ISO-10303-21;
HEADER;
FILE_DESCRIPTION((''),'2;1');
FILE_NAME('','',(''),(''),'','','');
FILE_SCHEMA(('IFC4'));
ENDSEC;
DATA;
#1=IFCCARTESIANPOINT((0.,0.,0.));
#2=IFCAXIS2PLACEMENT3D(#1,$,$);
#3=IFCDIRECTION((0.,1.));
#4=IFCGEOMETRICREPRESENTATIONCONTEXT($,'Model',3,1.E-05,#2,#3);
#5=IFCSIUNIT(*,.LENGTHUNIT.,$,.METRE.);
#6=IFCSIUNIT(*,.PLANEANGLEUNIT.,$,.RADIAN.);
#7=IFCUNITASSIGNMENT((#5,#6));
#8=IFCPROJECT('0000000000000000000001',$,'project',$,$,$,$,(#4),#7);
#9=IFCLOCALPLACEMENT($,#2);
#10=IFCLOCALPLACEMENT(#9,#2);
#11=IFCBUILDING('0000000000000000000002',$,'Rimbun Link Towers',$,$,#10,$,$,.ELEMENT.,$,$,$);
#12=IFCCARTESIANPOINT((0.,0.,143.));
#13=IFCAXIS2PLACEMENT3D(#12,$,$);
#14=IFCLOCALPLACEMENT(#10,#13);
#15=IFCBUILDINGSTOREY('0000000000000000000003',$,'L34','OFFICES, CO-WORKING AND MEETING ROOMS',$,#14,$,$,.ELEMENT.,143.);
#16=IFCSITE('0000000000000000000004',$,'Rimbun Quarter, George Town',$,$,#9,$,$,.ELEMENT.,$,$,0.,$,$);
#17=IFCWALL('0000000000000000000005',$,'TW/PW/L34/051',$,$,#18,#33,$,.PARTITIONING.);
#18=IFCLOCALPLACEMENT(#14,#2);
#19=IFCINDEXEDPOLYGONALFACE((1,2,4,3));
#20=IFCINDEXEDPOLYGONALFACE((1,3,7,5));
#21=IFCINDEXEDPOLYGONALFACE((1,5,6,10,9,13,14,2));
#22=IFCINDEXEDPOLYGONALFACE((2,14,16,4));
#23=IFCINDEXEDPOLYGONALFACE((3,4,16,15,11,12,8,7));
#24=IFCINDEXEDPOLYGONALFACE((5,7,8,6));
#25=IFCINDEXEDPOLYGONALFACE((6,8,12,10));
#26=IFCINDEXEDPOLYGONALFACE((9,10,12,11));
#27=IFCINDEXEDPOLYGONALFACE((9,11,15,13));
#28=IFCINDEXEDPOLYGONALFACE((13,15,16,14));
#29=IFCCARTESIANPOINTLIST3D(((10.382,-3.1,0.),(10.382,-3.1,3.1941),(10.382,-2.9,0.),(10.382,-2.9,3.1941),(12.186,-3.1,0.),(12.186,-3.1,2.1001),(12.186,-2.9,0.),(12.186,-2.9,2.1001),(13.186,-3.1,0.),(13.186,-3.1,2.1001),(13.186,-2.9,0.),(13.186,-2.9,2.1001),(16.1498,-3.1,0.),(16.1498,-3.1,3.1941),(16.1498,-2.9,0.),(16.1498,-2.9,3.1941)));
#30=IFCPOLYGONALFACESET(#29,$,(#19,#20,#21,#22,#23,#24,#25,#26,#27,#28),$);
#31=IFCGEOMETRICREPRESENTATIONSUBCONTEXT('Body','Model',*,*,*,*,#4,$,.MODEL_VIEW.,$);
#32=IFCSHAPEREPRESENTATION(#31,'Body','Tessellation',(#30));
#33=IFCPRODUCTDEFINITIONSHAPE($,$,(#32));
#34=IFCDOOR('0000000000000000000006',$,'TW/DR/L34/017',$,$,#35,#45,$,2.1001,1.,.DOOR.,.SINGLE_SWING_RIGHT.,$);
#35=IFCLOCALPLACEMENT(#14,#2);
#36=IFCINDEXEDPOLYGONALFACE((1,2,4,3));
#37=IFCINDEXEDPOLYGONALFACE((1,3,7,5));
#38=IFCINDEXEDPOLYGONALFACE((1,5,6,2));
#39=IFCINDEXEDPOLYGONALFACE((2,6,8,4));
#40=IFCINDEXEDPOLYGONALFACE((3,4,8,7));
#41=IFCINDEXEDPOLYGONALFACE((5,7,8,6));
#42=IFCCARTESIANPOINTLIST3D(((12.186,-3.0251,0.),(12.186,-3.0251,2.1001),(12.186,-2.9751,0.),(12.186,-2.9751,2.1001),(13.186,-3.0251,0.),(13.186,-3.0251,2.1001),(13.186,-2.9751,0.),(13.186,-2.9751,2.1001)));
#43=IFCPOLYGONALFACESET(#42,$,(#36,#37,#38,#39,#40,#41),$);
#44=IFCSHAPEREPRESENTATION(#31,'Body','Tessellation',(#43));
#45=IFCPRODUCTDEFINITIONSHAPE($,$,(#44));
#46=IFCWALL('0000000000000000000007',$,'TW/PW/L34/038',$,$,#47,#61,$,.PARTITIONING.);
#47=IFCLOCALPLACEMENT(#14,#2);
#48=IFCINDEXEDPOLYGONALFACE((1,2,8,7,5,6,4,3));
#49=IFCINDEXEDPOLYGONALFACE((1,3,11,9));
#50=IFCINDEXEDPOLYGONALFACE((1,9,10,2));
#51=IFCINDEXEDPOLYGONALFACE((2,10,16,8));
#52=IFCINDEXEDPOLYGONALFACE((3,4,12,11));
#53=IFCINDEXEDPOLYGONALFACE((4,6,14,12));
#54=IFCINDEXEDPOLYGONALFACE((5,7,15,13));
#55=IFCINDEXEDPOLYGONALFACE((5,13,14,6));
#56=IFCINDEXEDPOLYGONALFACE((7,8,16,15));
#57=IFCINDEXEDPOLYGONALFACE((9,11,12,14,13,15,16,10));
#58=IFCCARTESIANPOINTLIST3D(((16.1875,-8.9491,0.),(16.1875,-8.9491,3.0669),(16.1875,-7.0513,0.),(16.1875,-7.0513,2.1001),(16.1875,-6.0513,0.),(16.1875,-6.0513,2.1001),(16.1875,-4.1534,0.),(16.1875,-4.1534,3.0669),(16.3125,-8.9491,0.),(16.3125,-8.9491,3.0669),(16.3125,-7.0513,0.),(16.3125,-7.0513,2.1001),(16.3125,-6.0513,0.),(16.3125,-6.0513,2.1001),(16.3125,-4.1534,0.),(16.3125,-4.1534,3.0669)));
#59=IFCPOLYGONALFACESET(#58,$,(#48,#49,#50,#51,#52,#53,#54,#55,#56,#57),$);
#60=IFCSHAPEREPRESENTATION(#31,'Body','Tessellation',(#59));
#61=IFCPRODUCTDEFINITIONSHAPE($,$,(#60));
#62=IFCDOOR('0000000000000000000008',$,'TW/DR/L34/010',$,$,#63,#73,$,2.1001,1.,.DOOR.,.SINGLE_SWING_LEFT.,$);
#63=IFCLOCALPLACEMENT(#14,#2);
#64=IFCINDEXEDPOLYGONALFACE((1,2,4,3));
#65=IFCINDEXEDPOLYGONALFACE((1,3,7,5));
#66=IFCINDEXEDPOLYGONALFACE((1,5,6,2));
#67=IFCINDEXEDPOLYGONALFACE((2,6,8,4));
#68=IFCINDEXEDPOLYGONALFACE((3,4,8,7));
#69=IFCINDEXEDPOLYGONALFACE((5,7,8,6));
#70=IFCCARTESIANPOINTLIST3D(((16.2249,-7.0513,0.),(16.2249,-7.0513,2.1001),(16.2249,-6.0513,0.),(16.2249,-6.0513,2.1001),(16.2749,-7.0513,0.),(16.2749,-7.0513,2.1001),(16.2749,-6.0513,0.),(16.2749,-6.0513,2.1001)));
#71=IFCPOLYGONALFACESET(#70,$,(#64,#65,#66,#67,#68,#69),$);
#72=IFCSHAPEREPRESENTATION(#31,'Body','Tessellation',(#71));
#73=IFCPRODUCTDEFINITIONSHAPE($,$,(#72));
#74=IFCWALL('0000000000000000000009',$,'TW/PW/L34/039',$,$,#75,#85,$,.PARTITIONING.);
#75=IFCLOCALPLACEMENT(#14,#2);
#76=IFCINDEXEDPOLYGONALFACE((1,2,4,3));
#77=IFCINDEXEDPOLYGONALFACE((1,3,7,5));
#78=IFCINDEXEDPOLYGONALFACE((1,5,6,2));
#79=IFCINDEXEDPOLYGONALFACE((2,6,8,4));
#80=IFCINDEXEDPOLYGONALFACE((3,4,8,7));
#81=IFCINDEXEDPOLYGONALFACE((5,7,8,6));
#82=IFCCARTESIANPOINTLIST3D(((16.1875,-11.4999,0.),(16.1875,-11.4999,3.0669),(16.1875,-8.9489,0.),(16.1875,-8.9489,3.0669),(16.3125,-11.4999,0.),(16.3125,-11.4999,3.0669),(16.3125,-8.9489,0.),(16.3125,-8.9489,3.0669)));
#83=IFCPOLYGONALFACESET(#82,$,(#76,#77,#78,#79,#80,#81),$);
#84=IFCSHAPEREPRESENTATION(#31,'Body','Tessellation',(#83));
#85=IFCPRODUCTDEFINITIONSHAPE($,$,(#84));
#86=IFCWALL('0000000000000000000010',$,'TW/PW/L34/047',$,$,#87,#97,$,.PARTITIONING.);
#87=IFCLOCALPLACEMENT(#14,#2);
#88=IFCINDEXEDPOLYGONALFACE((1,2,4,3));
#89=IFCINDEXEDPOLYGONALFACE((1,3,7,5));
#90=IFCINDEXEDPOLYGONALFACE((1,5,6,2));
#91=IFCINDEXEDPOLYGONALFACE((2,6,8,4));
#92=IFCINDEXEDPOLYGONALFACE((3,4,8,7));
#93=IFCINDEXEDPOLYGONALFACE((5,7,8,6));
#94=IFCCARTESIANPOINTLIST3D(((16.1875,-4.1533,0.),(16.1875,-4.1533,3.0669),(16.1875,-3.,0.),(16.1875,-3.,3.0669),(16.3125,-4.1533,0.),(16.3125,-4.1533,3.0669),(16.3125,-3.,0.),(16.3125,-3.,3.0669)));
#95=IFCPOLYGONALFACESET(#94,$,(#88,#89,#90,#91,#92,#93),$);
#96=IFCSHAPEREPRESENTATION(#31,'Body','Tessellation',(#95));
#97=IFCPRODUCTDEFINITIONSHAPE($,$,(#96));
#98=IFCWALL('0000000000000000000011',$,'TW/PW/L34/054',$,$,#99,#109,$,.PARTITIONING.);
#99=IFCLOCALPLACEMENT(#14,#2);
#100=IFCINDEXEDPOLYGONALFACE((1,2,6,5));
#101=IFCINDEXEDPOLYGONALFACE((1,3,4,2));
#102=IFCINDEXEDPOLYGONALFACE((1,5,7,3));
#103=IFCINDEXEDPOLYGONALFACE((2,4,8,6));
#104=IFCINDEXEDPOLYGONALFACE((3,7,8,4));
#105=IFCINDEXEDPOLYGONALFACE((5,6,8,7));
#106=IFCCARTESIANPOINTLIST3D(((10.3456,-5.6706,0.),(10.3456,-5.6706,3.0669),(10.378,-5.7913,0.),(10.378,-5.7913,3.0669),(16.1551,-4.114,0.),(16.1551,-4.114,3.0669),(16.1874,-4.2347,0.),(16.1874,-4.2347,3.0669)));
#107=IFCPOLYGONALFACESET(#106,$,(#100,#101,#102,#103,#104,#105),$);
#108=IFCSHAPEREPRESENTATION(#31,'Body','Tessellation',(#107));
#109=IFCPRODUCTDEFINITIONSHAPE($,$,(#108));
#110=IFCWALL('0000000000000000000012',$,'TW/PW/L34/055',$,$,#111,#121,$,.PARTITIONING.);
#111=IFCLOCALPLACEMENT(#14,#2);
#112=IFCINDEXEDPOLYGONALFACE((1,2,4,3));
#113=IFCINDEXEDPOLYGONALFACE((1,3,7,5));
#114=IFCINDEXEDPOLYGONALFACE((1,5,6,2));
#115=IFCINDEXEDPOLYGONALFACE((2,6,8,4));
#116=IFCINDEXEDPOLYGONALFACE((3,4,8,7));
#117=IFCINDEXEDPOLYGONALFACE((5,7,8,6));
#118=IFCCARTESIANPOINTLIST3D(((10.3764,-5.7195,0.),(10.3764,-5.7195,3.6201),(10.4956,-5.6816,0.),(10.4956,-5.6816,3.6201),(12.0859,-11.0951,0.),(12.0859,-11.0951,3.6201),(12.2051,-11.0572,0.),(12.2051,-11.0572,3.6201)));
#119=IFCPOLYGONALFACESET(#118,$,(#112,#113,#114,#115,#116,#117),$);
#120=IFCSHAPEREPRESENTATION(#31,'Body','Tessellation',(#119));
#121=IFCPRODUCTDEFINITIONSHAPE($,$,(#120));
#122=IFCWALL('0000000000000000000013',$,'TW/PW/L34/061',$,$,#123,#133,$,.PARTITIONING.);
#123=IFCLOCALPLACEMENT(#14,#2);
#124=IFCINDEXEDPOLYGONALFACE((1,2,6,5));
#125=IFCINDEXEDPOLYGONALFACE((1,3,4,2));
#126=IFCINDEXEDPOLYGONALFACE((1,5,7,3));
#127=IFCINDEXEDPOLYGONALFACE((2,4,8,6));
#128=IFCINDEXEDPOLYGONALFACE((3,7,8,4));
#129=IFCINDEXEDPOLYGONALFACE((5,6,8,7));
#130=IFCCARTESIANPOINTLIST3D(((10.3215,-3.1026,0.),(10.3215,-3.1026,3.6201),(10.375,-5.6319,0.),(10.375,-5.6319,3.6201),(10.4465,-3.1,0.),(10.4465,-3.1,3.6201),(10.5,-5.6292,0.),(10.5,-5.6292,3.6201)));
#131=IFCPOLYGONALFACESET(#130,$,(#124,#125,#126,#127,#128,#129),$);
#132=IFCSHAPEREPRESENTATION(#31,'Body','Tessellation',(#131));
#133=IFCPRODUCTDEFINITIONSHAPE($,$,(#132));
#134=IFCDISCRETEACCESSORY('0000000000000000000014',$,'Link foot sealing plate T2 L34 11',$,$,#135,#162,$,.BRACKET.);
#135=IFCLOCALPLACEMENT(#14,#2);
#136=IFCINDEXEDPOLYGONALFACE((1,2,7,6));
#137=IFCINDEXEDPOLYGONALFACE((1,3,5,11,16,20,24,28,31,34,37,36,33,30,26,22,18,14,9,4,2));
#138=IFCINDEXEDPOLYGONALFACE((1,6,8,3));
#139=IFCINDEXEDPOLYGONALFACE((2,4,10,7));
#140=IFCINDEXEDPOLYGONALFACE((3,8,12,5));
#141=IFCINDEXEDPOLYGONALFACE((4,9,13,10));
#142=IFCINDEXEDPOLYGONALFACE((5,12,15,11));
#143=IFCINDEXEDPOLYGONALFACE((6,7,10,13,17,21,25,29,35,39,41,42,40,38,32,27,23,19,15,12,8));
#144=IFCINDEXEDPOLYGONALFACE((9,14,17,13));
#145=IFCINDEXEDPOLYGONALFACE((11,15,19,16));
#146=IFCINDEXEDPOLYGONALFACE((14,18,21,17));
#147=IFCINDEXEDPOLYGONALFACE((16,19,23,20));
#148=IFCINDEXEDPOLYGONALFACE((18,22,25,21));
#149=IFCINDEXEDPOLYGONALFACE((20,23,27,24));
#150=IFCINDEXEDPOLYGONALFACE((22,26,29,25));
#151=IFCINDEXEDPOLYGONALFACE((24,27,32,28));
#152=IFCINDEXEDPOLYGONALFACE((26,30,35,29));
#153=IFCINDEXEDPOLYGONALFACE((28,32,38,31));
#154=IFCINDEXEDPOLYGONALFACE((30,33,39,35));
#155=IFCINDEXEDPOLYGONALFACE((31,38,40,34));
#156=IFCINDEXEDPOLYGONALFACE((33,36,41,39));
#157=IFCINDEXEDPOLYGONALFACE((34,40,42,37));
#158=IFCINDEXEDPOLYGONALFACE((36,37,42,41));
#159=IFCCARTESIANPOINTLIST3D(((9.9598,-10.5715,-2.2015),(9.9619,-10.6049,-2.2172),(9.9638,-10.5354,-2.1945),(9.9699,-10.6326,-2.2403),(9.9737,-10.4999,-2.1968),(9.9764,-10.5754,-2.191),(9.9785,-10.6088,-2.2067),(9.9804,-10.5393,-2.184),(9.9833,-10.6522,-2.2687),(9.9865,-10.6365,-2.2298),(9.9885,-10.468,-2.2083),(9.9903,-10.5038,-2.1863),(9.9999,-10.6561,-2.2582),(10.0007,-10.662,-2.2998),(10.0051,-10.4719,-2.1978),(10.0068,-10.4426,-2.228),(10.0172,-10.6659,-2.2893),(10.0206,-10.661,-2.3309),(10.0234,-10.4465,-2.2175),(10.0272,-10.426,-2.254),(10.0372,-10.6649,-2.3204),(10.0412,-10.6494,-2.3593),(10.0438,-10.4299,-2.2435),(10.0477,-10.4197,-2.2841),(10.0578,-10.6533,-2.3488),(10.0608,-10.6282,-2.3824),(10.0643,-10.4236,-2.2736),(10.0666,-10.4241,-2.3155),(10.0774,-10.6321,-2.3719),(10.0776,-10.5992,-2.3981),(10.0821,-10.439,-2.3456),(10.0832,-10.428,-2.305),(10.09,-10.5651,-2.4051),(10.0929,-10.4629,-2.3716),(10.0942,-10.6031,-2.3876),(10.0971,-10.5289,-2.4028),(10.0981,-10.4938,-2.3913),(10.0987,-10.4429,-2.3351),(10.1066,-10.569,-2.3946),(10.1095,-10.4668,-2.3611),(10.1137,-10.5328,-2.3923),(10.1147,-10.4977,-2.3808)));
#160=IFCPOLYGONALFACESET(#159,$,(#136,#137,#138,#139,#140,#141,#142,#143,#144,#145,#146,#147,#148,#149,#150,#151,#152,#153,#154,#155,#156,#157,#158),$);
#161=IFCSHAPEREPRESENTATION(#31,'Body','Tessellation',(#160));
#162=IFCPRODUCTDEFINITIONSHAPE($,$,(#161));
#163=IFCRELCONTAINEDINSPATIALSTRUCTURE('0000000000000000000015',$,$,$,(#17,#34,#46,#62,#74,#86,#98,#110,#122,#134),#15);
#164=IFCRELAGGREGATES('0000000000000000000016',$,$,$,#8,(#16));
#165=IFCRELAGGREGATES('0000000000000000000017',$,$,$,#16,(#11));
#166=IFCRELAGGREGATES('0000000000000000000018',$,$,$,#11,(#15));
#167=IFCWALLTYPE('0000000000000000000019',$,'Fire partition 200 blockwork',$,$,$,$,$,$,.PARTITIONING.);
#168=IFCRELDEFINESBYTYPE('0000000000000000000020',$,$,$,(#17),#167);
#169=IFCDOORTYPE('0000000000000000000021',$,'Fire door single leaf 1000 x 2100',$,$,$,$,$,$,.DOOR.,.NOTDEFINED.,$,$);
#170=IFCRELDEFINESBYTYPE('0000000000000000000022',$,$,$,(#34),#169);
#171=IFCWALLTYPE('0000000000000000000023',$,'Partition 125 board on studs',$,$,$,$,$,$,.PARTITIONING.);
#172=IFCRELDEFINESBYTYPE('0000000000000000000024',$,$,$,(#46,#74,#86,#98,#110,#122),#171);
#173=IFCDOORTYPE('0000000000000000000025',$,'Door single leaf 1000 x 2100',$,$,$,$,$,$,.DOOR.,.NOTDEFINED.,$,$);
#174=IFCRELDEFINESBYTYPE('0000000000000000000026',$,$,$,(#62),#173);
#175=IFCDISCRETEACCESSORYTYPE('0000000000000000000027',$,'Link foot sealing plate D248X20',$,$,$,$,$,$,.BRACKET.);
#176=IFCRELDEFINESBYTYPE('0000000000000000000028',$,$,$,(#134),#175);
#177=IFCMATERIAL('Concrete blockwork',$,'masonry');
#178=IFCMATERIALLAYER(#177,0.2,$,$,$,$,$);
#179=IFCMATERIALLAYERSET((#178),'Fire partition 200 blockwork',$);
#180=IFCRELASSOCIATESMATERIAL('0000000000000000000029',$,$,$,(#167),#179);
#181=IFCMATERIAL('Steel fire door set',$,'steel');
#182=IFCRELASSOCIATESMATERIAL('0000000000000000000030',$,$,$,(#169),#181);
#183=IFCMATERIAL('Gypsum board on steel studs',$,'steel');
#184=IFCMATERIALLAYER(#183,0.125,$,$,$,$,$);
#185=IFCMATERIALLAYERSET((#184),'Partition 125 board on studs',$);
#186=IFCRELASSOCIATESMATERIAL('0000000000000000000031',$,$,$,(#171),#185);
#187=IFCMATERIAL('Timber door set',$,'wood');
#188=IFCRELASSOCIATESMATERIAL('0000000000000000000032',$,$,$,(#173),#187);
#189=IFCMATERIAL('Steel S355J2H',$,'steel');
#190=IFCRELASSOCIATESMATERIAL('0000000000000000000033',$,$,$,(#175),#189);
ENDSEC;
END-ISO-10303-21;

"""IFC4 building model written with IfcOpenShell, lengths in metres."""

from ifc_helpers import new_model, si_unit, direction, frame, frame_2d, origin, origin_2d, place, context, subcontext, project, spatial, rectangle, circle, extrude, material, layer, layer_set, material_profile, profile_set, type_object, element, fill, save


model = new_model("IFC4")

# Units and contexts
model_context = context("Model", 3, precision=1e-05, world=origin(), true_north=direction((0.0, 1.0)))
body_context = subcontext(model_context, "Body", "Model", "MODEL_VIEW")
ifc_project = project(units=[si_unit("LENGTHUNIT", "METRE"), si_unit("PLANEANGLEUNIT", "RADIAN")], contexts=[model_context])

# Site, building, storey
site_placement = place(None, origin())
site = spatial("IfcSite", under=ifc_project, at=site_placement, Name="Rimbun Quarter, George Town", CompositionType="ELEMENT", RefElevation=0.0)
building_placement = place(site_placement, origin())
building = spatial("IfcBuilding", under=site, at=building_placement, Name="Rimbun Link Towers", CompositionType="ELEMENT")
storey_placement = place(building_placement, frame((0.0, 0.0, 143.0)))
storey = spatial("IfcBuildingStorey", under=building, at=storey_placement, Name="L34", Description="OFFICES, CO-WORKING AND MEETING ROOMS", CompositionType="ELEMENT", Elevation=143.0)

# Walls, openings, doors
ifc_material_1 = material(Name="Concrete blockwork", Category="masonry")
ifc_layer_1 = layer(ifc_material_1, 0.2)
ifc_layer_set_1 = layer_set([ifc_layer_1], Name="Fire partition 200 blockwork")
wall_type_1 = type_object("IfcWallType", Name="Fire partition 200 blockwork", PredefinedType="PARTITIONING", material=ifc_layer_set_1)
ifc_material_2 = material(Name="Steel fire door set", Category="steel")
door_type_1 = type_object("IfcDoorType", Name="Fire door single leaf 1000 x 2100", OperationType="NOTDEFINED", PredefinedType="DOOR", material=ifc_material_2)
wall_1_placement = place(storey_placement, frame((10.3821, -3.0, 0.0), z_axis=(0.0, 0.0, 1.0), x_axis=(1.0, 0.0, 0.0)))
wall_1 = element("IfcWall", 1, at=wall_1_placement, inside=storey, type_object=wall_type_1, Name="TW/PW/L34/051", PredefinedType="PARTITIONING", context=body_context, shape_type="SweptSolid", body=[
    extrude(rectangle(XDim=5.7678, YDim=0.2, at=frame_2d((2.8838, 0.0))), origin(), (0.0, 0.0, 1.0), 3.1941),
])
opening_1_placement = place(wall_1_placement, frame((1.804, 0.0, 0.0)))
opening_1 = element("IfcOpeningElement", 2, at=opening_1_placement, cuts=wall_1, PredefinedType="OPENING", context=body_context, shape_type="SweptSolid", body=[
    extrude(rectangle(XDim=1.0, YDim=2.1001, at=frame_2d((0.5, 1.05))), frame((0.0, 0.1099, 0.0), z_axis=(0.0, -1.0, 0.0), x_axis=(1.0, 0.0, 0.0)), (0.0, 0.0, 1.0), 0.22),
])
door_1_placement = place(opening_1_placement, origin())
door_1 = element("IfcDoor", 3, at=door_1_placement, inside=storey, type_object=door_type_1, Name="TW/DR/L34/017", OperationType="SINGLE_SWING_RIGHT", OverallHeight=2.1001, OverallWidth=1.0, PredefinedType="DOOR", context=body_context, shape_type="SweptSolid", body=[
    extrude(rectangle(XDim=1.0, YDim=2.1001, at=frame_2d((0.5, 1.05))), frame((0.0, 0.0249, 0.0), z_axis=(0.0, -1.0, 0.0), x_axis=(1.0, 0.0, 0.0)), (0.0, 0.0, 1.0), 0.05),
])
fill(opening_1, door_1)
ifc_material_3 = material(Name="Gypsum board on steel studs", Category="steel")
ifc_layer_2 = layer(ifc_material_3, 0.125)
ifc_layer_set_2 = layer_set([ifc_layer_2], Name="Partition 125 board on studs")
wall_type_2 = type_object("IfcWallType", Name="Partition 125 board on studs", PredefinedType="PARTITIONING", material=ifc_layer_set_2)
wall_2_placement = place(storey_placement, frame((16.25, -4.1533, 0.0), z_axis=(0.0, 0.0, 1.0), x_axis=(0.0, -1.0, 0.0)))
wall_2 = element("IfcWall", 4, at=wall_2_placement, inside=storey, type_object=wall_type_2, Name="TW/PW/L34/038", PredefinedType="PARTITIONING", context=body_context, shape_type="SweptSolid", body=[
    extrude(rectangle(XDim=4.7957, YDim=0.125, at=frame_2d((2.3979, 0.0))), origin(), (0.0, 0.0, 1.0), 3.0669),
])
opening_2_placement = place(wall_2_placement, frame((1.8979, 0.0, 0.0)))
opening_2 = element("IfcOpeningElement", 5, at=opening_2_placement, cuts=wall_2, PredefinedType="OPENING", context=body_context, shape_type="SweptSolid", body=[
    extrude(rectangle(XDim=1.0, YDim=2.1001, at=frame_2d((0.5, 1.05))), frame((0.0, 0.0725, 0.0), z_axis=(0.0, -1.0, 0.0), x_axis=(1.0, 0.0, 0.0)), (0.0, 0.0, 1.0), 0.145),
])
ifc_material_4 = material(Name="Timber door set", Category="wood")
door_type_2 = type_object("IfcDoorType", Name="Door single leaf 1000 x 2100", OperationType="NOTDEFINED", PredefinedType="DOOR", material=ifc_material_4)
door_2_placement = place(opening_2_placement, origin())
door_2 = element("IfcDoor", 6, at=door_2_placement, inside=storey, type_object=door_type_2, Name="TW/DR/L34/010", OperationType="SINGLE_SWING_LEFT", OverallHeight=2.1001, OverallWidth=1.0, PredefinedType="DOOR", context=body_context, shape_type="SweptSolid", body=[
    extrude(rectangle(XDim=1.0, YDim=2.1001, at=frame_2d((0.5, 1.05))), frame((0.0, 0.0249, 0.0), z_axis=(0.0, -1.0, 0.0), x_axis=(1.0, 0.0, 0.0)), (0.0, 0.0, 1.0), 0.05),
])
fill(opening_2, door_2)

# Walls
wall_3_placement = place(storey_placement, frame((16.25, -8.949, 0.0), z_axis=(0.0, 0.0, 1.0), x_axis=(0.0, -1.0, 0.0)))
element("IfcWall", 7, at=wall_3_placement, inside=storey, type_object=wall_type_2, Name="TW/PW/L34/039", PredefinedType="PARTITIONING", context=body_context, shape_type="SweptSolid", body=[
    extrude(rectangle(XDim=2.551, YDim=0.125, at=frame_2d((1.2754, 0.0))), origin(), (0.0, 0.0, 1.0), 3.0669),
])
wall_4_placement = place(storey_placement, frame((16.25, -3.0, 0.0), z_axis=(0.0, 0.0, 1.0), x_axis=(0.0, -1.0, 0.0)))
element("IfcWall", 8, at=wall_4_placement, inside=storey, type_object=wall_type_2, Name="TW/PW/L34/047", PredefinedType="PARTITIONING", context=body_context, shape_type="SweptSolid", body=[
    extrude(rectangle(XDim=1.1533, YDim=0.125, at=frame_2d((0.5767, 0.0))), origin(), (0.0, 0.0, 1.0), 3.0669),
])
wall_5_placement = place(storey_placement, frame((16.1714, -4.1743, 0.0), z_axis=(0.0, 0.0, 1.0), x_axis=(-0.965927, -0.258815, 0.0)))
element("IfcWall", 9, at=wall_5_placement, inside=storey, type_object=wall_type_2, Name="TW/PW/L34/054", PredefinedType="PARTITIONING", context=body_context, shape_type="SweptSolid", body=[
    extrude(rectangle(XDim=6.0144, YDim=0.125, at=frame_2d((3.0073, 0.0))), origin(), (0.0, 0.0, 1.0), 3.0669),
])
wall_6_placement = place(storey_placement, frame((10.436, -5.7007, 0.0), z_axis=(0.0, 0.0, 1.0), x_axis=(0.303057, -0.952972, 0.0)))
element("IfcWall", 10, at=wall_6_placement, inside=storey, type_object=wall_type_2, Name="TW/PW/L34/055", PredefinedType="PARTITIONING", context=body_context, shape_type="SweptSolid", body=[
    extrude(rectangle(XDim=5.6409, YDim=0.125, at=frame_2d((2.8203, 0.0))), origin(), (0.0, 0.0, 1.0), 3.6201),
])
wall_7_placement = place(storey_placement, frame((10.384, -3.1013, 0.0), z_axis=(0.0, 0.0, 1.0), x_axis=(0.021134, -0.999777, 0.0)))
element("IfcWall", 11, at=wall_7_placement, inside=storey, type_object=wall_type_2, Name="TW/PW/L34/061", PredefinedType="PARTITIONING", context=body_context, shape_type="SweptSolid", body=[
    extrude(rectangle(XDim=2.5298, YDim=0.125, at=frame_2d((1.2649, 0.0))), origin(), (0.0, 0.0, 1.0), 3.6201),
])

# Discrete accessory
ifc_material_5 = material(Name="Steel S355J2H", Category="steel")
ifc_material_profile_1 = material_profile(ifc_material_5, circle(Radius=0.124, at=origin_2d()), Name="PL D248")
ifc_profile_set_1 = profile_set([ifc_material_profile_1], Name="Steel S355J2H")
discrete_accessory_type = type_object("IfcDiscreteAccessoryType", Name="Link foot sealing plate D248X20", PredefinedType="BRACKET", material=ifc_profile_set_1)
discrete_accessory_placement = place(storey_placement, frame((10.0457, -10.5452, -2.2893), z_axis=(-0.82896, 0.195049, -0.524195), x_axis=(-0.229039, -0.973417, 0.0)))
element("IfcDiscreteAccessory", 12, at=discrete_accessory_placement, inside=storey, type_object=discrete_accessory_type, Name="Link foot sealing plate T2 L34 11", PredefinedType="BRACKET", context=body_context, shape_type="SweptSolid", body=[
    extrude(circle(Radius=0.124, at=origin_2d()), origin(), (0.0, 0.0, 1.0), 0.02),
])

save(model, "model.ifc")
